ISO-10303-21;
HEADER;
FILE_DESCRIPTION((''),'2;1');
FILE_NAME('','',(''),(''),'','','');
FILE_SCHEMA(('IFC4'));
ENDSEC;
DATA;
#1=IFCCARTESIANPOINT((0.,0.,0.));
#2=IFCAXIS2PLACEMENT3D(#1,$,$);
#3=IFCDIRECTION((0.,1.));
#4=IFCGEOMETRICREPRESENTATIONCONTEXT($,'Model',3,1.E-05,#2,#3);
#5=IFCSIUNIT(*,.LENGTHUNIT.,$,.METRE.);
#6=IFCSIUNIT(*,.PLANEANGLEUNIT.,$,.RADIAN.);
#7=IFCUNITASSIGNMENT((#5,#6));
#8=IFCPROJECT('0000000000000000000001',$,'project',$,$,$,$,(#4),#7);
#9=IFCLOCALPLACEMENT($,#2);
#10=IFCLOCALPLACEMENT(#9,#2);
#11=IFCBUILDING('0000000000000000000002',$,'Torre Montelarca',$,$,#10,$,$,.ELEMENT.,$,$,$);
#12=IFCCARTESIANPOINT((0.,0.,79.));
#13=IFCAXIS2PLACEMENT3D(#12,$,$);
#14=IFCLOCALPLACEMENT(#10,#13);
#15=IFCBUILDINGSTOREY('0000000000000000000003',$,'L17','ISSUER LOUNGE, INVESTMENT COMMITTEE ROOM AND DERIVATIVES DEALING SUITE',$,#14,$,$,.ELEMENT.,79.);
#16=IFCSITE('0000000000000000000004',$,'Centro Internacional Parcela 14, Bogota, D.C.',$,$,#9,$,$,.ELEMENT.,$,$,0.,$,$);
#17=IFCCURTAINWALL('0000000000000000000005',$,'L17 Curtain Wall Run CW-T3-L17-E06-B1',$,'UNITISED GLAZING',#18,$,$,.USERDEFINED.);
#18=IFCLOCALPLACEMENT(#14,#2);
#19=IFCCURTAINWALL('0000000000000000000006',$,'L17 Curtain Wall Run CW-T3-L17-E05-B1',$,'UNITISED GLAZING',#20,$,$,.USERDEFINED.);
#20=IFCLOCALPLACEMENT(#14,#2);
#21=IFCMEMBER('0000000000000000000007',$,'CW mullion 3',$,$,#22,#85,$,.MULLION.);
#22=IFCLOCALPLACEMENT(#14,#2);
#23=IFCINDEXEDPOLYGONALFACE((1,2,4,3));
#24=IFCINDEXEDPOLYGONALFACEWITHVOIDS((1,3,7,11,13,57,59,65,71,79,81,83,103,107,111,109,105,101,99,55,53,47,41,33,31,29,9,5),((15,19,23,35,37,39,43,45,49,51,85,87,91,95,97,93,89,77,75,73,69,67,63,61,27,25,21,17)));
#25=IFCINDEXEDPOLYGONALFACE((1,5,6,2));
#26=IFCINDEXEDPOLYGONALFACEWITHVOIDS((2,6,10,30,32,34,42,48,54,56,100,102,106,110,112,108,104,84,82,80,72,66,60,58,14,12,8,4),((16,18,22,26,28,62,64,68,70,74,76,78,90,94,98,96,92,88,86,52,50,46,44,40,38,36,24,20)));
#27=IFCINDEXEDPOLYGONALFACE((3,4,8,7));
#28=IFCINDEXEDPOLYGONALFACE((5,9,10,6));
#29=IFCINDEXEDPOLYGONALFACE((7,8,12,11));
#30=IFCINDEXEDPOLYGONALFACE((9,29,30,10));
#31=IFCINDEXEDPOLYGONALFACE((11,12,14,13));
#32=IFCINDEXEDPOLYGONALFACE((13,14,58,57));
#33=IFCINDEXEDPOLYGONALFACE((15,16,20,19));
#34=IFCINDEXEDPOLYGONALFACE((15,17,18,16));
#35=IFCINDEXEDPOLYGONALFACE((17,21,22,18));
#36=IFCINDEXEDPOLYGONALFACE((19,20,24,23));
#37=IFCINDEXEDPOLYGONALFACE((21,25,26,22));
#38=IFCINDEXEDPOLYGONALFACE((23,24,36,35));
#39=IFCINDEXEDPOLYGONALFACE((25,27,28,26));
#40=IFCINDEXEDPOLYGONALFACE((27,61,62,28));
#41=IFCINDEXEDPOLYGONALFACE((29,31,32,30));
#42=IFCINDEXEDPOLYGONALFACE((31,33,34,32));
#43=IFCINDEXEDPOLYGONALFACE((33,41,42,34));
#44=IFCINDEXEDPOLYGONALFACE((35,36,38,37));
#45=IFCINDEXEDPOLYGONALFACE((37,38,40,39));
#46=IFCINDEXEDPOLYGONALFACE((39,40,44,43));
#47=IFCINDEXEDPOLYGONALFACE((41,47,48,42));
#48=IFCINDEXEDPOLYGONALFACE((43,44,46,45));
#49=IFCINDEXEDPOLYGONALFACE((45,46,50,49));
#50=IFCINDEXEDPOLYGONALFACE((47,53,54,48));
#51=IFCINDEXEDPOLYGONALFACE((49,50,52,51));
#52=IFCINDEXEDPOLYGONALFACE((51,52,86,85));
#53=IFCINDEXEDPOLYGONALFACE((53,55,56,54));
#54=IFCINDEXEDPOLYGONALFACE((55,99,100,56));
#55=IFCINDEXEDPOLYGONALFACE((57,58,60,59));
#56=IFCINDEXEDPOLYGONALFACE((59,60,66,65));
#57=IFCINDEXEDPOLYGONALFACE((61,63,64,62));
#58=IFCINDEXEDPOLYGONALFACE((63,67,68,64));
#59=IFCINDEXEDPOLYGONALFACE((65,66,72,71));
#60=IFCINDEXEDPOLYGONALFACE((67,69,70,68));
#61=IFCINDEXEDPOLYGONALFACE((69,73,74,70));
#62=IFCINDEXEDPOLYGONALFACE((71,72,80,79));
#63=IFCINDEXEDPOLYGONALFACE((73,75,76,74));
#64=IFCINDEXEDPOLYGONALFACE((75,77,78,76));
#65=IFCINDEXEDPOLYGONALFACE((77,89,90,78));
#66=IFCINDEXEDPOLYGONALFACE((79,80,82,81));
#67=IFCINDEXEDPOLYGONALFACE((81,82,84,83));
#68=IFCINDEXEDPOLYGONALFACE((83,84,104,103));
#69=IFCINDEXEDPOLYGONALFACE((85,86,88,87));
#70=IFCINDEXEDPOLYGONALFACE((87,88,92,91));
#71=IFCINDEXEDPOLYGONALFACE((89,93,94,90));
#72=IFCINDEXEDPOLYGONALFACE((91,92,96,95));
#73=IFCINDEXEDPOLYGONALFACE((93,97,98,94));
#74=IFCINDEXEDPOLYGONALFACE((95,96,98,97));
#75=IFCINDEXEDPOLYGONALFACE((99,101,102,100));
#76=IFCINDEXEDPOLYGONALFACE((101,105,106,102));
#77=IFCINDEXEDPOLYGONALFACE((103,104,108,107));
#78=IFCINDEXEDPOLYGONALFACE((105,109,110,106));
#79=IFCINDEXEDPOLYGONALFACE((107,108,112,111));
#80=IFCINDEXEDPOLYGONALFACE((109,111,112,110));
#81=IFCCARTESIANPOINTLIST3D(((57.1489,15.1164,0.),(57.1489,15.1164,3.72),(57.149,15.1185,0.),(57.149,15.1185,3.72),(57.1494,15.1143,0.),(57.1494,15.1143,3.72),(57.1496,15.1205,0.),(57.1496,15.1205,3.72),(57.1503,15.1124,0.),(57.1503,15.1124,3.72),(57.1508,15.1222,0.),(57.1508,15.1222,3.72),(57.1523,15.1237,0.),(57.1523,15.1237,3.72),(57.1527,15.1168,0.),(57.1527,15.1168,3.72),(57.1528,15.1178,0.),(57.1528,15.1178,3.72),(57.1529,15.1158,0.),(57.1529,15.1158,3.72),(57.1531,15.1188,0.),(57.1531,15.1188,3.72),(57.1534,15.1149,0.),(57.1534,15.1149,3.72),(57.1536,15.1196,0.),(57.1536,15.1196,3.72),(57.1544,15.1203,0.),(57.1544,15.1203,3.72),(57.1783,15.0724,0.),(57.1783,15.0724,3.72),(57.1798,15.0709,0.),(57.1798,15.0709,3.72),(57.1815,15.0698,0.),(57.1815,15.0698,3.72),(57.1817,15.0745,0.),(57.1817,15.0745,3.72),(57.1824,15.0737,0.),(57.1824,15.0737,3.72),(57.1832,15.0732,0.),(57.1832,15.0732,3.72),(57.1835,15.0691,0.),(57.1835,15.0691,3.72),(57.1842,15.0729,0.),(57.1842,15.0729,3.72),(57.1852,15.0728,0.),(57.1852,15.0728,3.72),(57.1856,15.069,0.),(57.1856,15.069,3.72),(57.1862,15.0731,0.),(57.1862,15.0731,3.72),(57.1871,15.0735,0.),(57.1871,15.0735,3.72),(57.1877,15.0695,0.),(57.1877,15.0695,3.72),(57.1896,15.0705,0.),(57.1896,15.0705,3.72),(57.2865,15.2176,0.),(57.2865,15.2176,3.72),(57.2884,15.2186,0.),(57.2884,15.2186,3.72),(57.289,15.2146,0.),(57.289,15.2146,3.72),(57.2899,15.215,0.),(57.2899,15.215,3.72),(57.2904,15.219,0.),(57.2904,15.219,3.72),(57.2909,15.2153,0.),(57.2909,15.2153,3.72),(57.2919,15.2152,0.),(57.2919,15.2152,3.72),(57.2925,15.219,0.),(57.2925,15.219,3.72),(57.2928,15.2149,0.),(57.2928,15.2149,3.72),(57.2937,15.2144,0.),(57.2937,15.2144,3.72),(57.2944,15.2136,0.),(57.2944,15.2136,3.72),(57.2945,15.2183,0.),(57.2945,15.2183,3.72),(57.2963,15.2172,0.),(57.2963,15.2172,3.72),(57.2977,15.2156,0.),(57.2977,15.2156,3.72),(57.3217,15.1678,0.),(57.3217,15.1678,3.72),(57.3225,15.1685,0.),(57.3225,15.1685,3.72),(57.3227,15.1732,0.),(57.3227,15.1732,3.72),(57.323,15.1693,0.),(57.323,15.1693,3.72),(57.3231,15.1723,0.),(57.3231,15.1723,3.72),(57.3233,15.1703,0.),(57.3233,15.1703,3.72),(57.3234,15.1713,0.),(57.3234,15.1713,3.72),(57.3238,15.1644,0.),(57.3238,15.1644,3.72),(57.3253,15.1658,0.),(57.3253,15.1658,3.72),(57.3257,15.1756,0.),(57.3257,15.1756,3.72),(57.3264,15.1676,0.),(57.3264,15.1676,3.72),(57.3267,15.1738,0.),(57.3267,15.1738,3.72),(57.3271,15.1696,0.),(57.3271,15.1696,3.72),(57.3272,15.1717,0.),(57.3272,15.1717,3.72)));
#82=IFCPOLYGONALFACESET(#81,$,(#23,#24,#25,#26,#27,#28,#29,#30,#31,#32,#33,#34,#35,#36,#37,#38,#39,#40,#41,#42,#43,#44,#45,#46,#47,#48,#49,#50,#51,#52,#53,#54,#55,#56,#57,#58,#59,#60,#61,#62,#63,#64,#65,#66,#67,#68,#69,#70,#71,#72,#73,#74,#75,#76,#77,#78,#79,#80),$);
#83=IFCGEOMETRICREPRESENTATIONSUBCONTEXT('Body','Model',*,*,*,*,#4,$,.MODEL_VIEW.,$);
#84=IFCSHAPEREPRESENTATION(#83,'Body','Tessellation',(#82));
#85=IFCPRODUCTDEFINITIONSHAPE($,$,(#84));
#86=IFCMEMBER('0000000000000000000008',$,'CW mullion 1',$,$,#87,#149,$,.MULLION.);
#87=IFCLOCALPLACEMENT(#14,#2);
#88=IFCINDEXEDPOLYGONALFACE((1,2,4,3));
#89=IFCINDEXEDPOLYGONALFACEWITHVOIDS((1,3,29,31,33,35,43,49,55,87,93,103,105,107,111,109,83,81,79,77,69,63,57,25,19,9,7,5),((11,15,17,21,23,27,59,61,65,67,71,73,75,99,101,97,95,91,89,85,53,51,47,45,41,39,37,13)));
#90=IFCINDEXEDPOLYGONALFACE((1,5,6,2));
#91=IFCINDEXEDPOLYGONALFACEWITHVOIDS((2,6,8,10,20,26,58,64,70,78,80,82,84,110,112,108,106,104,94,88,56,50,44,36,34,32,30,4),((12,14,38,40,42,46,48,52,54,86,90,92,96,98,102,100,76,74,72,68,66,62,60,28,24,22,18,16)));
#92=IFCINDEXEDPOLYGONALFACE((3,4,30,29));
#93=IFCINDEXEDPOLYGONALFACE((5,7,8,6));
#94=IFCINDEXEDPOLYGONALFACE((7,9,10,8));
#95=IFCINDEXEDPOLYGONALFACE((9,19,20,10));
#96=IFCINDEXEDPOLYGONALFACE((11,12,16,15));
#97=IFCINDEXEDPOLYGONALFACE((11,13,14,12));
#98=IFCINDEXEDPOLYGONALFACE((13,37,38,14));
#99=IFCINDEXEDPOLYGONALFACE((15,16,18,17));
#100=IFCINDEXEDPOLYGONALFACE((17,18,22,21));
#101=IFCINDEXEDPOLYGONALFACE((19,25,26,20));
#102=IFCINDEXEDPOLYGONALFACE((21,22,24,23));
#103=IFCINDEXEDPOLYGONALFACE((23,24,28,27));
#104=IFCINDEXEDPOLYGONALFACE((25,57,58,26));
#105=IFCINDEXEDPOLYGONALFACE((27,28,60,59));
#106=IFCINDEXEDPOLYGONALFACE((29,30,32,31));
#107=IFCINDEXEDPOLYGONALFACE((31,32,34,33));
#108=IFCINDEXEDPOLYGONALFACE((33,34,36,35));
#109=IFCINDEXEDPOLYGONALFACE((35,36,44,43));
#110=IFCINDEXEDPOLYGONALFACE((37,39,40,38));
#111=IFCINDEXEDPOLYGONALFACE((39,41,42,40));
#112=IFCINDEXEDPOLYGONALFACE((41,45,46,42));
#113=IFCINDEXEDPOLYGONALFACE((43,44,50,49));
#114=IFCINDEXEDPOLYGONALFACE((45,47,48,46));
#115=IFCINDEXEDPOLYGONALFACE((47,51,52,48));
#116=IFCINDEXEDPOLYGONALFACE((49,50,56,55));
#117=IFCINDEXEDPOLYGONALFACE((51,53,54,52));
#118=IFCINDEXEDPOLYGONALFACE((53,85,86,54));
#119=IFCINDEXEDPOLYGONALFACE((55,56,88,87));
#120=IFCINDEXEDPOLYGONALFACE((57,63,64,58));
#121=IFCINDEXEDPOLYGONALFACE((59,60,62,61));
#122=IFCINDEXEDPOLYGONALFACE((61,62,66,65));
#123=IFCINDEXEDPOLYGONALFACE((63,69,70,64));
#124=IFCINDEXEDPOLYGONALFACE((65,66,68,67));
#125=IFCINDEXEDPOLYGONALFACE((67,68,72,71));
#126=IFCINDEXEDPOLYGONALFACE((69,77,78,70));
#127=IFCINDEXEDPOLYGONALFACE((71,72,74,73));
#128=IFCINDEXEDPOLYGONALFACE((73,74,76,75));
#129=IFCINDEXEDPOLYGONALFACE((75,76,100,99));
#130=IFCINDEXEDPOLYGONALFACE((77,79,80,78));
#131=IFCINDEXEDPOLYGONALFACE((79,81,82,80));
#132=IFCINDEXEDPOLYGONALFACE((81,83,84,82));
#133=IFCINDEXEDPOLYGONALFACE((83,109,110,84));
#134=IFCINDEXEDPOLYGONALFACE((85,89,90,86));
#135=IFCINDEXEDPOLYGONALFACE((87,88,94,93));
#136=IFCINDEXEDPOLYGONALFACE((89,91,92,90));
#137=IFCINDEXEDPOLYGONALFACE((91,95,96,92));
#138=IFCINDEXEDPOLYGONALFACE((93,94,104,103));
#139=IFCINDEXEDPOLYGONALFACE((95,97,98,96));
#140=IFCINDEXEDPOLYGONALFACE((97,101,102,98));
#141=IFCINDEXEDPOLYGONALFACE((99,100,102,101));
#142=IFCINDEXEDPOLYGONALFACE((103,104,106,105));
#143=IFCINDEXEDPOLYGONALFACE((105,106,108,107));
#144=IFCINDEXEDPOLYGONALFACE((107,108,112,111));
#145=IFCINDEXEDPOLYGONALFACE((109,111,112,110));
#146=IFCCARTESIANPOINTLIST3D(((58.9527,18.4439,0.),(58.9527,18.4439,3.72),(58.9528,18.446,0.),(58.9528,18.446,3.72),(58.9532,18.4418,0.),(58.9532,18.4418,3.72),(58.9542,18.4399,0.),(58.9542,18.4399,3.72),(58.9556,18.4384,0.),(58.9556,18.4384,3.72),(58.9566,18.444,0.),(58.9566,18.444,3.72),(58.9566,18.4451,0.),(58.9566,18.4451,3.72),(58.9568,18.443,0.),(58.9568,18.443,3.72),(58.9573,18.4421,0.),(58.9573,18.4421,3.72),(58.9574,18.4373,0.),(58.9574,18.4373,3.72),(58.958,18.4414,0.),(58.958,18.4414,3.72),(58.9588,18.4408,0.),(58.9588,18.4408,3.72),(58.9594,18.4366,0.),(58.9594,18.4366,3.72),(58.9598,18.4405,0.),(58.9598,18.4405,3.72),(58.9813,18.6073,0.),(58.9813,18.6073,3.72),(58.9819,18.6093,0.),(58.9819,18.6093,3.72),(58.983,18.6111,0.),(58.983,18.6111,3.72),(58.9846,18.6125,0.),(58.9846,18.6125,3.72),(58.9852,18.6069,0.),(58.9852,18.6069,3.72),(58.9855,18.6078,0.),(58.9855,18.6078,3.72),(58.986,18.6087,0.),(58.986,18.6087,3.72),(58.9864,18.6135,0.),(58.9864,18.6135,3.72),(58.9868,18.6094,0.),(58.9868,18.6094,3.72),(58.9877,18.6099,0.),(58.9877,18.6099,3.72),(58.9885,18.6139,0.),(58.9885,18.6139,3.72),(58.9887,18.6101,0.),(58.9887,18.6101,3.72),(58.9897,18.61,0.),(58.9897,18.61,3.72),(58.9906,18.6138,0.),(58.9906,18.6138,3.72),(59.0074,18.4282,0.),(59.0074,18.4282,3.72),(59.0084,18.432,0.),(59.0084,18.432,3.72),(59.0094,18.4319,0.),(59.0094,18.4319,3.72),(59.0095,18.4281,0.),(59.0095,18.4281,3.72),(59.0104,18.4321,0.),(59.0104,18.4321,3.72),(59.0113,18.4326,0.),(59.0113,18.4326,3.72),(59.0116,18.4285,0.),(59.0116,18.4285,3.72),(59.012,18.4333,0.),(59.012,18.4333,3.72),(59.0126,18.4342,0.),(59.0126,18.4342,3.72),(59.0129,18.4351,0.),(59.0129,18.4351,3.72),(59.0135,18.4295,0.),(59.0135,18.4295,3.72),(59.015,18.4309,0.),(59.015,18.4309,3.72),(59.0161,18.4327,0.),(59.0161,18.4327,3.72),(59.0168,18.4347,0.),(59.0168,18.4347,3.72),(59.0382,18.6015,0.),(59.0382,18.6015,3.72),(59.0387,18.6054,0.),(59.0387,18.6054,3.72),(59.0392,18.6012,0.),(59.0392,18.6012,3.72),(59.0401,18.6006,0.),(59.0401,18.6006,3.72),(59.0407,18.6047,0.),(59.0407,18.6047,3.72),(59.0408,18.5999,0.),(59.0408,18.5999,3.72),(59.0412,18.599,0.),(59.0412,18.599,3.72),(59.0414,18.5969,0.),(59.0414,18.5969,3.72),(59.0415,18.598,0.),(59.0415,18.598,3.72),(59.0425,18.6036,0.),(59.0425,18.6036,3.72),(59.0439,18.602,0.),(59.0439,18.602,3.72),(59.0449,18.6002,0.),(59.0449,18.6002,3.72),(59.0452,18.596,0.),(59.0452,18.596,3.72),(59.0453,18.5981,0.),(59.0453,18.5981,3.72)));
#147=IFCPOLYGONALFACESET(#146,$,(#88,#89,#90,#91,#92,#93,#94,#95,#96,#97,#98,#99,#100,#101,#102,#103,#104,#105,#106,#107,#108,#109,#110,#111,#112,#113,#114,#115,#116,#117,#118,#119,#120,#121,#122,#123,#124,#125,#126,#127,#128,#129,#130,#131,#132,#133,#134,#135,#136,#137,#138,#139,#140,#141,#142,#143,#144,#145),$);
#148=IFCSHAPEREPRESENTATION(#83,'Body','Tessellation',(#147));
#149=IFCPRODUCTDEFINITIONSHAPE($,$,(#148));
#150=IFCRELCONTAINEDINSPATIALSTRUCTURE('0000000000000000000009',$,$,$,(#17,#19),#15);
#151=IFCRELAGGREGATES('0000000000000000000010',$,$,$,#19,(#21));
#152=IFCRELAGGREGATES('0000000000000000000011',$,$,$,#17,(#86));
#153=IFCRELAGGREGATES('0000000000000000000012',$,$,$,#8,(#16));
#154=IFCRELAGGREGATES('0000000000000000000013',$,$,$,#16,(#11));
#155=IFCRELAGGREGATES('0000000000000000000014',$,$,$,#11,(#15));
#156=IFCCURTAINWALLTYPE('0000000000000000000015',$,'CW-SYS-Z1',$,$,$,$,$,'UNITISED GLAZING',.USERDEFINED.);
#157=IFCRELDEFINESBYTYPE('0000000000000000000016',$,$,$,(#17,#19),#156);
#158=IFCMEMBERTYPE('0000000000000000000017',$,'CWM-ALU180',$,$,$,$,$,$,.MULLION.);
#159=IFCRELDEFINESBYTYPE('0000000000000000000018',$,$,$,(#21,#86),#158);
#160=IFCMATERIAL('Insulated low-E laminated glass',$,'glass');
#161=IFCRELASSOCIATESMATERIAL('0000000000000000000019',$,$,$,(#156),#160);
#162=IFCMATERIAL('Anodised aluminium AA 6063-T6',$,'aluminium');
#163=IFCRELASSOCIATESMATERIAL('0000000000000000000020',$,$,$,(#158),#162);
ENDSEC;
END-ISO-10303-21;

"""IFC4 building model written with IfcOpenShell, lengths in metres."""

from ifc_helpers import new_model, si_unit, direction, frame, origin, origin_2d, place, context, subcontext, project, spatial, hollow_rectangle, extrude, source, transform, mapped, material, material_profile, profile_set, type_object, element, aggregate, save


model = new_model("IFC4")

# Units and contexts
model_context = context("Model", 3, precision=1e-05, world=origin(), true_north=direction((0.0, 1.0)))
body_context = subcontext(model_context, "Body", "Model", "MODEL_VIEW")
ifc_project = project(units=[si_unit("LENGTHUNIT", "METRE"), si_unit("PLANEANGLEUNIT", "RADIAN")], contexts=[model_context])

# Site, building, storey
site_placement = place(None, origin())
site = spatial("IfcSite", under=ifc_project, at=site_placement, Name="Centro Internacional Parcela 14, Bogota, D.C.", CompositionType="ELEMENT", RefElevation=0.0)
building_placement = place(site_placement, origin())
building = spatial("IfcBuilding", under=site, at=building_placement, Name="Torre Montelarca", CompositionType="ELEMENT")
storey_placement = place(building_placement, frame((0.0, 0.0, 79.0)))
storey = spatial("IfcBuildingStorey", under=building, at=storey_placement, Name="L17", Description="ISSUER LOUNGE, INVESTMENT COMMITTEE ROOM AND DERIVATIVES DEALING SUITE", CompositionType="ELEMENT", Elevation=79.0)

# Curtain wall
ifc_material_1 = material(Name="Insulated low-E laminated glass", Category="glass")
curtain_wall_type = type_object("IfcCurtainWallType", Name="CW-SYS-Z1", ElementType="UNITISED GLAZING", PredefinedType="USERDEFINED", material=ifc_material_1)
ifc_material_2 = material(Name="Anodised aluminium AA 6063-T6", Category="aluminium")
curtain_wall_1_placement = place(storey_placement, origin())
curtain_wall_1 = element("IfcCurtainWall", 1, at=curtain_wall_1_placement, inside=storey, type_object=curtain_wall_type, Name="L17 Curtain Wall Run CW-T3-L17-E06-B1", ObjectType="UNITISED GLAZING", PredefinedType="USERDEFINED")

# Shared definitions
ifc_material_profile_1 = material_profile(ifc_material_2, hollow_rectangle(XDim=0.0649, YDim=0.1799, WallThickness=0.0039, InnerFilletRadius=0.0039, OuterFilletRadius=0.0081, at=origin_2d()), Name="ALU65X180X4", Category="aluminium")
ifc_profile_set_1 = profile_set([ifc_material_profile_1], Name="Anodised aluminium AA 6063-T6")
member_type_1 = type_object("IfcMemberType", Name="CWM-ALU180", PredefinedType="MULLION", material=ifc_profile_set_1)
shared_shape_1 = source(origin(), body_context, "Body", "SweptSolid", [
    extrude(hollow_rectangle(XDim=0.0649, YDim=0.1799, WallThickness=0.0039, InnerFilletRadius=0.0039, OuterFilletRadius=0.0081, at=origin_2d()), origin(), (0.0, 0.0, 1.0), 3.72),
])

# Curtain wall, member
curtain_wall_2_placement = place(storey_placement, origin())
curtain_wall_2 = element("IfcCurtainWall", 2, at=curtain_wall_2_placement, inside=storey, type_object=curtain_wall_type, Name="L17 Curtain Wall Run CW-T3-L17-E05-B1", ObjectType="UNITISED GLAZING", PredefinedType="USERDEFINED")
member_1_placement = place(storey_placement, frame((57.238, 15.144, 0.0), z_axis=(0.0, 0.0, 1.0), x_axis=(-0.573555, 0.819167, 0.0)))
member_1 = element("IfcMember", 3, at=member_1_placement, type_object=member_type_1, Name="CW mullion 3", PredefinedType="MULLION", context=body_context, shape_type="MappedRepresentation", body=[
    mapped(shared_shape_1, transform((0.0, 0.0, 0.0), scale=1.0)),
])

# Member
member_2_placement = place(storey_placement, frame((58.999, 18.521, 0.0), z_axis=(0.0, 0.0, 1.0), x_axis=(-0.98481, 0.173634, 0.0)))
member_2 = element("IfcMember", 4, at=member_2_placement, type_object=member_type_1, Name="CW mullion 1", PredefinedType="MULLION", context=body_context, shape_type="MappedRepresentation", body=[
    mapped(shared_shape_1, transform((0.0, 0.0, 0.0), scale=1.0)),
])

aggregate(curtain_wall_2, [member_1])
aggregate(curtain_wall_1, [member_2])

save(model, "model.ifc")
